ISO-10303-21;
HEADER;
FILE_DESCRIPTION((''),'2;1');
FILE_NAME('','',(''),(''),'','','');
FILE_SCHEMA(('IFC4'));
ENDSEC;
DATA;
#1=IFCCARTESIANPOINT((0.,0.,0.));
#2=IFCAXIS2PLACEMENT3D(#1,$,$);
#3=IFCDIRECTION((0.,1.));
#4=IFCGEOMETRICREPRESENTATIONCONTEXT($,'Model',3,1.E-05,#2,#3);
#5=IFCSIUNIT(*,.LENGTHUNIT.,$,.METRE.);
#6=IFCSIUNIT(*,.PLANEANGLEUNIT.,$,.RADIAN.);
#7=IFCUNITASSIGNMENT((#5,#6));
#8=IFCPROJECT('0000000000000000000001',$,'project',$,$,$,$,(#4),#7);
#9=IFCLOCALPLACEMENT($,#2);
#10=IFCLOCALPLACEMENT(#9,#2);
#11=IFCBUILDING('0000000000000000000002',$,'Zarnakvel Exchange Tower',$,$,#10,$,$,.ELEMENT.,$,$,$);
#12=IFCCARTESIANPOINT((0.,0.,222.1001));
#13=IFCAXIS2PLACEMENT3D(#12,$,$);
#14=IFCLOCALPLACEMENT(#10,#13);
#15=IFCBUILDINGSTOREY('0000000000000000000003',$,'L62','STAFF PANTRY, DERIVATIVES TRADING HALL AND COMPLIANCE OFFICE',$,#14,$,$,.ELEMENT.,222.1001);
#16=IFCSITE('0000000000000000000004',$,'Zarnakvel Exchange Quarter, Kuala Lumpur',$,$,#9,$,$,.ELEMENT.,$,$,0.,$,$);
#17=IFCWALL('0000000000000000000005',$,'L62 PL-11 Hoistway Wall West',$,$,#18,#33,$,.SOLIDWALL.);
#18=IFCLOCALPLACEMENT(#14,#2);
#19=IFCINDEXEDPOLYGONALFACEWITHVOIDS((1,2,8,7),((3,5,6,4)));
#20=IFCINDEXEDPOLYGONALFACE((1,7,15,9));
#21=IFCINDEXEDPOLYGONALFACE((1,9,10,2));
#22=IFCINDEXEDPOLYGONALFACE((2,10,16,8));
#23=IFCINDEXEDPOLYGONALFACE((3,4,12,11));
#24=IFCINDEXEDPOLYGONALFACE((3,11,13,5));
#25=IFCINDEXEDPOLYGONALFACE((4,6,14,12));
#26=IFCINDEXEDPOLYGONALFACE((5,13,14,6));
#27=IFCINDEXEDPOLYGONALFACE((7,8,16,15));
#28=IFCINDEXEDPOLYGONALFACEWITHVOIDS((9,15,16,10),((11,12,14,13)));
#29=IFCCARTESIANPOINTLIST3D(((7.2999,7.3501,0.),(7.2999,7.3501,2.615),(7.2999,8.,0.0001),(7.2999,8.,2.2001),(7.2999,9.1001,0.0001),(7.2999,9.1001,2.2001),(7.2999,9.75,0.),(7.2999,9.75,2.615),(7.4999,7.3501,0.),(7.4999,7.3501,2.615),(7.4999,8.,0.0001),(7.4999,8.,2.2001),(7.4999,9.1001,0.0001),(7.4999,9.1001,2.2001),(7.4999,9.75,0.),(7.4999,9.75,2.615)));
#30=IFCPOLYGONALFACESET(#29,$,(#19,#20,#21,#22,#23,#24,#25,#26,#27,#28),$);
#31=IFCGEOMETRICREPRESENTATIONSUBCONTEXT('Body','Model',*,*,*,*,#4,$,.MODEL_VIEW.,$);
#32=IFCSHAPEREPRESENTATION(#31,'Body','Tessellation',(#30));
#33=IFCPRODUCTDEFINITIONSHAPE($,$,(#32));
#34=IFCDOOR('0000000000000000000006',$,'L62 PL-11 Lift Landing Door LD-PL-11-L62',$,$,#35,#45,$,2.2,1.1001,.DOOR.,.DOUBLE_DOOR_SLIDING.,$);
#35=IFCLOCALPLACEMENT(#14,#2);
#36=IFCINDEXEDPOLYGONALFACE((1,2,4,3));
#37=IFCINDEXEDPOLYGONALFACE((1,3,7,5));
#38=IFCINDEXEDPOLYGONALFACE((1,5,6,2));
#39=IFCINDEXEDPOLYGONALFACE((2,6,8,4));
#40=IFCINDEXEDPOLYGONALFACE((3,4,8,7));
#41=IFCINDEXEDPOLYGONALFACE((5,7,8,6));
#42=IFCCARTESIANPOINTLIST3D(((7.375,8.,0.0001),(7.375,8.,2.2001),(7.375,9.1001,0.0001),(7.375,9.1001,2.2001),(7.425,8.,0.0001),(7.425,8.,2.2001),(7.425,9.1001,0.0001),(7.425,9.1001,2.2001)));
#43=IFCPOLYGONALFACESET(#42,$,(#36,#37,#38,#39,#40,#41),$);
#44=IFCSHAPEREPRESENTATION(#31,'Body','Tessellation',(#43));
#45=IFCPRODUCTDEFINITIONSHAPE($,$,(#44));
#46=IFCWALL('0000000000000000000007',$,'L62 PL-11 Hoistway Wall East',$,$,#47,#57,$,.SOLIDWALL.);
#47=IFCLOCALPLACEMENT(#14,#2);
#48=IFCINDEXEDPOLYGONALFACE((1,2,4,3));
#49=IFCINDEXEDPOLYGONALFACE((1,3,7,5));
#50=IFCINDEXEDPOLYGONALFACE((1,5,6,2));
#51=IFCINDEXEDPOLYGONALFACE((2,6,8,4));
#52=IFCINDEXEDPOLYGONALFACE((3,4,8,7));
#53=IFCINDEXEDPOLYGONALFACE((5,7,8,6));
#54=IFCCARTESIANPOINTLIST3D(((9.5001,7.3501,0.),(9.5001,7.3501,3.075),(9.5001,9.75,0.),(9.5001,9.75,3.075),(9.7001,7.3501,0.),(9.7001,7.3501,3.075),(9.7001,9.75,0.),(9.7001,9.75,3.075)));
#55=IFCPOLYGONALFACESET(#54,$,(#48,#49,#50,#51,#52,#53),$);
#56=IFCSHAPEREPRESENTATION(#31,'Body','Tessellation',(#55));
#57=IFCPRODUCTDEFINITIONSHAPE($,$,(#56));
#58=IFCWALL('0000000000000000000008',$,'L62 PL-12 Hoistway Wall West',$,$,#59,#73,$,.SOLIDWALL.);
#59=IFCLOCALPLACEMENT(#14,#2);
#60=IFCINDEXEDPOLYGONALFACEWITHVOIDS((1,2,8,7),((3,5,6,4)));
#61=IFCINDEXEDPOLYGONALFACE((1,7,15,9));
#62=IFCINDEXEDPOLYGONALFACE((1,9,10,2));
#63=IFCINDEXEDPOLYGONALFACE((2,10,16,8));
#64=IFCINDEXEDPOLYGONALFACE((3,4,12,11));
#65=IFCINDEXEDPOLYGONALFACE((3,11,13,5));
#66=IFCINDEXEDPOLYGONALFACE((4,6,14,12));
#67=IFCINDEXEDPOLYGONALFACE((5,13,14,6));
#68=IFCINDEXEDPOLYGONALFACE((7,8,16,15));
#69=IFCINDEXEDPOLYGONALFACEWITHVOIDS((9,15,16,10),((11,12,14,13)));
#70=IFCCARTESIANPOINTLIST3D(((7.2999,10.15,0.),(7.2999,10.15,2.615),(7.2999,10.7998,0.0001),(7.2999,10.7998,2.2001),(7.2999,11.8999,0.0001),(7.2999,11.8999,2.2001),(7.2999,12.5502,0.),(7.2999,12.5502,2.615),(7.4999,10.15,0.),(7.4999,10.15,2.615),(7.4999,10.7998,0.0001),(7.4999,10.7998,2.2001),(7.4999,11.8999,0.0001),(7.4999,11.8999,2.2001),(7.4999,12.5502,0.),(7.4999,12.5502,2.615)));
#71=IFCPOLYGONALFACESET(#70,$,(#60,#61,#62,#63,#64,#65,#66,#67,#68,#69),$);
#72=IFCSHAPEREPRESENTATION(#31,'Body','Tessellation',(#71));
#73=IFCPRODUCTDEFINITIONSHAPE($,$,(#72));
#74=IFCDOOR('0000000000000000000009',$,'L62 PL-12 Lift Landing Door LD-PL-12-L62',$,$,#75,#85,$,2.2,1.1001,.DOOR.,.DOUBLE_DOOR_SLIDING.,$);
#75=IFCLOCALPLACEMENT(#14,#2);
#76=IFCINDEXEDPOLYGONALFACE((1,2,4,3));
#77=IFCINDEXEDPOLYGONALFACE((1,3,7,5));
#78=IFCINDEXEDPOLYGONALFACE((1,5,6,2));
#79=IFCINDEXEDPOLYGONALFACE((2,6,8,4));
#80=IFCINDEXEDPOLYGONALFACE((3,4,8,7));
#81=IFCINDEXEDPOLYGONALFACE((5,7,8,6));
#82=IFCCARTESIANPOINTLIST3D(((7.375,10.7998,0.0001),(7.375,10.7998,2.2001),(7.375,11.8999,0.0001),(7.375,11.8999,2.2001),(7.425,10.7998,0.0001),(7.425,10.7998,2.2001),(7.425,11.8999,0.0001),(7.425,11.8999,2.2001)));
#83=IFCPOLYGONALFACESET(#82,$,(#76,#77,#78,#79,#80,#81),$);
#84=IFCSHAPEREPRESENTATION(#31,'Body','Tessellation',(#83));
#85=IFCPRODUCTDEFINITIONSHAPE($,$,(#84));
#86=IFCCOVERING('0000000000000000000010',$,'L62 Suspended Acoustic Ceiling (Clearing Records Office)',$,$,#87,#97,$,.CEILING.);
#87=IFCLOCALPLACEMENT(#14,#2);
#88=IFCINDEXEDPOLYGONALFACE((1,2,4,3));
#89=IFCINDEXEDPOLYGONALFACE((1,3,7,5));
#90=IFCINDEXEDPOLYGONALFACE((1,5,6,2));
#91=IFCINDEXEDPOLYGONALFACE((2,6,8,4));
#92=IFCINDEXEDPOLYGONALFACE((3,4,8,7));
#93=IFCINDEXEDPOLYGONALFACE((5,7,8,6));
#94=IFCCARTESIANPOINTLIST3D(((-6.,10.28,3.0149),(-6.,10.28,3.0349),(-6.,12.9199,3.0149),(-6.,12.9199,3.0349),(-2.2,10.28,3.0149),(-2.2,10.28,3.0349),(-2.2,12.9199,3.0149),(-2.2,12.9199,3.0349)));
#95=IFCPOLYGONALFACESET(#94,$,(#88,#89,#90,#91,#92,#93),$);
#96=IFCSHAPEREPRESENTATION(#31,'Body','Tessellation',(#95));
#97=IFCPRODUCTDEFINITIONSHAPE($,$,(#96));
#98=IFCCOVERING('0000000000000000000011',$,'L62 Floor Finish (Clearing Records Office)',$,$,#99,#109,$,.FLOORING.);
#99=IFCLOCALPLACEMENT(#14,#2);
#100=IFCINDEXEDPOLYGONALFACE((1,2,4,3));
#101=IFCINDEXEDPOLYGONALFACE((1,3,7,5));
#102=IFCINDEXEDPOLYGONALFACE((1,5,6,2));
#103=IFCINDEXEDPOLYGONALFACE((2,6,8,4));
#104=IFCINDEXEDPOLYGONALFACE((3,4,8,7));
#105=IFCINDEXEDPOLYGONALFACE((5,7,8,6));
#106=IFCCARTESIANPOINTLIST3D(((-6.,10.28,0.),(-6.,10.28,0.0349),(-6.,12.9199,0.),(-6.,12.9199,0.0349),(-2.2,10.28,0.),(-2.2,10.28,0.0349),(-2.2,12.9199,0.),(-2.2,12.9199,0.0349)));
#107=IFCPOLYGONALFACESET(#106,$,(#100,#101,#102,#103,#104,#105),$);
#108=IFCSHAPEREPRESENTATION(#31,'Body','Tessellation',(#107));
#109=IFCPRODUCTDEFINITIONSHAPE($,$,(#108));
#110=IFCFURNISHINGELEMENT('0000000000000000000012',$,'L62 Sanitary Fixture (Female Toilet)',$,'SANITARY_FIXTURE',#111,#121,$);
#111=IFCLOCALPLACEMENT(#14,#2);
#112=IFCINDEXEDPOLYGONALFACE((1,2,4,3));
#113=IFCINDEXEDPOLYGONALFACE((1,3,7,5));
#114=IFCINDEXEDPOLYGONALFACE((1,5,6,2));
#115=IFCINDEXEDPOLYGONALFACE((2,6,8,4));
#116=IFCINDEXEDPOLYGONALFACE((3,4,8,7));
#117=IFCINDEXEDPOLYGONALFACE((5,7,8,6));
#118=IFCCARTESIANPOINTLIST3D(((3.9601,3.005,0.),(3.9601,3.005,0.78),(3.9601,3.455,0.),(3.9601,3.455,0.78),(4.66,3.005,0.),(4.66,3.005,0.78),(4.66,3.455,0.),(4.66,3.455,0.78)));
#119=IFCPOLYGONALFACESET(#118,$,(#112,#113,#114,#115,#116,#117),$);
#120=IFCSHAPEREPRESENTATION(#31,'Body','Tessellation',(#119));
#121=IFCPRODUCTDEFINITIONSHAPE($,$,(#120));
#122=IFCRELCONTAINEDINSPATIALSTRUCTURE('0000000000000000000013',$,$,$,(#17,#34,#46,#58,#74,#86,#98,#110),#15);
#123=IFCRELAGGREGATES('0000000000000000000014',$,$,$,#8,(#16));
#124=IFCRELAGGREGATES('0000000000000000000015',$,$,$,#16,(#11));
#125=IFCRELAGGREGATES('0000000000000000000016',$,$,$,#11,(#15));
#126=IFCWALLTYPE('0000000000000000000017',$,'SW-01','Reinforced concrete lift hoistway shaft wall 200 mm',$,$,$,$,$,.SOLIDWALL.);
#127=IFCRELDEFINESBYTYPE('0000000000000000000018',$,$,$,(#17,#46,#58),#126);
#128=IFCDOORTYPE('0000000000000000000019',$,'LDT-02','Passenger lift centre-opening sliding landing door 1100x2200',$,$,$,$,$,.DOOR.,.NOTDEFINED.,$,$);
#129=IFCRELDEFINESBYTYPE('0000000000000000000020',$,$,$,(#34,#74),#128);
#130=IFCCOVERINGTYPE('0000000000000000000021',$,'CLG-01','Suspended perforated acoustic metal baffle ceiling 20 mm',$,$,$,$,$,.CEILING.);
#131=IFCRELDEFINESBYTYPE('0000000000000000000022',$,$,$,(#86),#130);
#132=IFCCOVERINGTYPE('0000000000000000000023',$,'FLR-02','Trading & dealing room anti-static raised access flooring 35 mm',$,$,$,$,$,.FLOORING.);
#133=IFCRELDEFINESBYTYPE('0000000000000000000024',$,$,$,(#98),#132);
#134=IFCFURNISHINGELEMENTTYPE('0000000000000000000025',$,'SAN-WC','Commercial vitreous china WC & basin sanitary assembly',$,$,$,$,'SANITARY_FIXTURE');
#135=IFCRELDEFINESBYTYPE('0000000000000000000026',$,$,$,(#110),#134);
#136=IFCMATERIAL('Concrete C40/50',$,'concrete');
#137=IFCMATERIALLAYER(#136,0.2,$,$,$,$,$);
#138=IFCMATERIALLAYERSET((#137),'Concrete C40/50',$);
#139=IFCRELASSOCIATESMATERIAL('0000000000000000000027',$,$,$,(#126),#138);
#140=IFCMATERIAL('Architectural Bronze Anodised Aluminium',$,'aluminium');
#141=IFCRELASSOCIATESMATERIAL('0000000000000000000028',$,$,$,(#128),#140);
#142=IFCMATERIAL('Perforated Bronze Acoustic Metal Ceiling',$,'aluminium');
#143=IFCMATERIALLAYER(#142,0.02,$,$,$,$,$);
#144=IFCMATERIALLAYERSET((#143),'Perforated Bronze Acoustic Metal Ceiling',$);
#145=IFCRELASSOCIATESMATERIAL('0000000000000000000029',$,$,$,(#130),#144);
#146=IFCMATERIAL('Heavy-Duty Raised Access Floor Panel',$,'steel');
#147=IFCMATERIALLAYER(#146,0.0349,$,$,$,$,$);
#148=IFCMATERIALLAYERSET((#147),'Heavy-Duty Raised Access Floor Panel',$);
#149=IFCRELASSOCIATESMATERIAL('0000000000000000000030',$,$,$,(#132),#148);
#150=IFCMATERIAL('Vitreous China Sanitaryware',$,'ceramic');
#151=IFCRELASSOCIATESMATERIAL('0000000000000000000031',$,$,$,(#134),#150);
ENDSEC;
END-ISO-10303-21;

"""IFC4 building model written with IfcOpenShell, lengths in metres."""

from ifc_helpers import new_model, si_unit, direction, frame, frame_2d, origin, origin_2d, place, context, subcontext, project, spatial, polyline, rectangle, outline, extrude, source, transform, mapped, material, layer, layer_set, type_object, element, fill, save


model = new_model("IFC4")

# Units and contexts
model_context = context("Model", 3, precision=1e-05, world=origin(), true_north=direction((0.0, 1.0)))
body_context = subcontext(model_context, "Body", "Model", "MODEL_VIEW")
ifc_project = project(units=[si_unit("LENGTHUNIT", "METRE"), si_unit("PLANEANGLEUNIT", "RADIAN")], contexts=[model_context])

# Site, building, storey
site_placement = place(None, origin())
site = spatial("IfcSite", under=ifc_project, at=site_placement, Name="Zarnakvel Exchange Quarter, Kuala Lumpur", CompositionType="ELEMENT", RefElevation=0.0)
building_placement = place(site_placement, origin())
building = spatial("IfcBuilding", under=site, at=building_placement, Name="Zarnakvel Exchange Tower", CompositionType="ELEMENT")
storey_placement = place(building_placement, frame((0.0, 0.0, 222.1001)))
storey = spatial("IfcBuildingStorey", under=building, at=storey_placement, Name="L62", Description="STAFF PANTRY, DERIVATIVES TRADING HALL AND COMPLIANCE OFFICE", CompositionType="ELEMENT", Elevation=222.1001)

# Shared definitions
ifc_material_1 = material(Name="Concrete C40/50", Category="concrete")

# Shared definitions
ifc_layer_1 = layer(ifc_material_1, 0.2)
ifc_layer_set_1 = layer_set([ifc_layer_1], Name="Concrete C40/50")
wall_type_1 = type_object("IfcWallType", Name="SW-01", Description="Reinforced concrete lift hoistway shaft wall 200 mm", PredefinedType="SOLIDWALL", material=ifc_layer_set_1)

# Wall, opening, door
wall_1_placement = place(storey_placement, frame((7.3999, 7.3501, 0.0), z_axis=(0.0, 0.0, 1.0), x_axis=(0.0, 1.0, 0.0)))
wall_1 = element("IfcWall", 1, at=wall_1_placement, inside=storey, type_object=wall_type_1, Name="L62 PL-11 Hoistway Wall West", PredefinedType="SOLIDWALL", context=body_context, shape_type="SweptSolid", body=[
    extrude(rectangle(XDim=2.3999, YDim=0.2, at=frame_2d((1.2, 0.0))), origin(), (0.0, 0.0, 1.0), 2.615),
])
opening_1_placement = place(wall_1_placement, frame((0.6499, 0.0, 0.0)))
opening_1 = element("IfcOpeningElement", 2, at=opening_1_placement, cuts=wall_1, PredefinedType="OPENING", context=body_context, shape_type="SweptSolid", body=[
    extrude(rectangle(XDim=1.1001, YDim=2.2, at=frame_2d((0.55, 1.1001))), frame((0.0, 0.1099, 0.0), z_axis=(0.0, -1.0, 0.0), x_axis=(1.0, 0.0, 0.0)), (0.0, 0.0, 1.0), 0.22),
])
ifc_material_2 = material(Name="Architectural Bronze Anodised Aluminium", Category="aluminium")
door_type_1 = type_object("IfcDoorType", Name="LDT-02", Description="Passenger lift centre-opening sliding landing door 1100x2200", OperationType="NOTDEFINED", PredefinedType="DOOR", material=ifc_material_2)
shared_shape_1 = source(origin(), body_context, "Body", "SweptSolid", [
    extrude(rectangle(XDim=1.1001, YDim=2.2, at=frame_2d((0.55, 1.1001))), frame((0.0, 0.0249, 0.0), z_axis=(0.0, -1.0, 0.0), x_axis=(1.0, 0.0, 0.0)), (0.0, 0.0, 1.0), 0.05),
])
door_1_placement = place(opening_1_placement, origin())
door_1 = element("IfcDoor", 3, at=door_1_placement, inside=storey, type_object=door_type_1, Name="L62 PL-11 Lift Landing Door LD-PL-11-L62", OperationType="DOUBLE_DOOR_SLIDING", OverallHeight=2.2, OverallWidth=1.1001, PredefinedType="DOOR", context=body_context, shape_type="MappedRepresentation", body=[
    mapped(shared_shape_1, transform((0.0, 0.0, 0.0), x_axis=(1.0, 0.0, 0.0), y_axis=(0.0, 1.0, 0.0), z_axis=(0.0, 0.0, 1.0), scale=1.0)),
])
fill(opening_1, door_1)

# Wall
wall_2_placement = place(storey_placement, frame((9.6001, 9.75, 0.0), z_axis=(0.0, 0.0, 1.0), x_axis=(0.0, -1.0, 0.0)))
element("IfcWall", 4, at=wall_2_placement, inside=storey, type_object=wall_type_1, Name="L62 PL-11 Hoistway Wall East", PredefinedType="SOLIDWALL", context=body_context, shape_type="SweptSolid", body=[
    extrude(rectangle(XDim=2.3999, YDim=0.2, at=frame_2d((1.2, 0.0))), origin(), (0.0, 0.0, 1.0), 3.075),
])

# Wall, opening, door
wall_3_placement = place(storey_placement, frame((7.3999, 10.1499, 0.0), z_axis=(0.0, 0.0, 1.0), x_axis=(0.0, 1.0, 0.0)))
wall_3 = element("IfcWall", 5, at=wall_3_placement, inside=storey, type_object=wall_type_1, Name="L62 PL-12 Hoistway Wall West", PredefinedType="SOLIDWALL", context=body_context, shape_type="SweptSolid", body=[
    extrude(rectangle(XDim=2.4001, YDim=0.2, at=frame_2d((1.2002, 0.0))), origin(), (0.0, 0.0, 1.0), 2.615),
])
opening_2_placement = place(wall_3_placement, frame((0.6499, 0.0, 0.0)))
opening_2 = element("IfcOpeningElement", 6, at=opening_2_placement, cuts=wall_3, PredefinedType="OPENING", context=body_context, shape_type="SweptSolid", body=[
    extrude(rectangle(XDim=1.1001, YDim=2.2, at=frame_2d((0.55, 1.1001))), frame((0.0, 0.1099, 0.0), z_axis=(0.0, -1.0, 0.0), x_axis=(1.0, 0.0, 0.0)), (0.0, 0.0, 1.0), 0.22),
])
door_2_placement = place(opening_2_placement, origin())
door_2 = element("IfcDoor", 7, at=door_2_placement, inside=storey, type_object=door_type_1, Name="L62 PL-12 Lift Landing Door LD-PL-12-L62", OperationType="DOUBLE_DOOR_SLIDING", OverallHeight=2.2, OverallWidth=1.1001, PredefinedType="DOOR", context=body_context, shape_type="MappedRepresentation", body=[
    mapped(shared_shape_1, transform((0.0, 0.0, 0.0), x_axis=(1.0, 0.0, 0.0), y_axis=(0.0, 1.0, 0.0), z_axis=(0.0, 0.0, 1.0), scale=1.0)),
])
fill(opening_2, door_2)

# Coverings
ifc_material_3 = material(Name="Perforated Bronze Acoustic Metal Ceiling", Category="aluminium")
ifc_layer_2 = layer(ifc_material_3, 0.02)
ifc_layer_set_2 = layer_set([ifc_layer_2], Name="Perforated Bronze Acoustic Metal Ceiling")
covering_type_1 = type_object("IfcCoveringType", Name="CLG-01", Description="Suspended perforated acoustic metal baffle ceiling 20 mm", PredefinedType="CEILING", material=ifc_layer_set_2)
covering_1_placement = place(storey_placement, frame((0.0, 0.0, 3.0149)))
element("IfcCovering", 8, at=covering_1_placement, inside=storey, type_object=covering_type_1, Name="L62 Suspended Acoustic Ceiling (Clearing Records Office)", PredefinedType="CEILING", context=body_context, shape_type="SweptSolid", body=[
    extrude(outline(polyline([(-6.0, 12.9199), (-2.2, 12.9199), (-2.2, 10.28), (-6.0, 10.28), (-6.0, 12.9199)])), origin(), (0.0, 0.0, 1.0), 0.02),
])
ifc_material_4 = material(Name="Heavy-Duty Raised Access Floor Panel", Category="steel")
ifc_layer_3 = layer(ifc_material_4, 0.0349)
ifc_layer_set_3 = layer_set([ifc_layer_3], Name="Heavy-Duty Raised Access Floor Panel")
covering_type_2 = type_object("IfcCoveringType", Name="FLR-02", Description="Trading & dealing room anti-static raised access flooring 35 mm", PredefinedType="FLOORING", material=ifc_layer_set_3)
covering_2_placement = place(storey_placement, origin())
element("IfcCovering", 9, at=covering_2_placement, inside=storey, type_object=covering_type_2, Name="L62 Floor Finish (Clearing Records Office)", PredefinedType="FLOORING", context=body_context, shape_type="SweptSolid", body=[
    extrude(outline(polyline([(-6.0, 12.9199), (-2.2, 12.9199), (-2.2, 10.28), (-6.0, 10.28), (-6.0, 12.9199)])), origin(), (0.0, 0.0, 1.0), 0.0349),
])

# Furnishing element
ifc_material_5 = material(Name="Vitreous China Sanitaryware", Category="ceramic")
furnishing_element_type = type_object("IfcFurnishingElementType", Name="SAN-WC", Description="Commercial vitreous china WC & basin sanitary assembly", ElementType="SANITARY_FIXTURE", material=ifc_material_5)
shared_shape_2 = source(origin(), body_context, "Body", "SweptSolid", [
    extrude(rectangle(XDim=0.7, YDim=0.45, at=origin_2d()), origin(), (0.0, 0.0, 1.0), 0.78),
])
furnishing_placement = place(storey_placement, frame((4.3101, 3.23, 0.0), z_axis=(0.0, 0.0, 1.0), x_axis=(1.0, 0.0, 0.0)))
element("IfcFurnishingElement", 10, at=furnishing_placement, inside=storey, type_object=furnishing_element_type, Name="L62 Sanitary Fixture (Female Toilet)", ObjectType="SANITARY_FIXTURE", context=body_context, shape_type="MappedRepresentation", body=[
    mapped(shared_shape_2, transform((0.0, 0.0, 0.0), x_axis=(1.0, 0.0, 0.0), y_axis=(0.0, 1.0, 0.0), z_axis=(0.0, 0.0, 1.0), scale=1.0)),
])

save(model, "model.ifc")
